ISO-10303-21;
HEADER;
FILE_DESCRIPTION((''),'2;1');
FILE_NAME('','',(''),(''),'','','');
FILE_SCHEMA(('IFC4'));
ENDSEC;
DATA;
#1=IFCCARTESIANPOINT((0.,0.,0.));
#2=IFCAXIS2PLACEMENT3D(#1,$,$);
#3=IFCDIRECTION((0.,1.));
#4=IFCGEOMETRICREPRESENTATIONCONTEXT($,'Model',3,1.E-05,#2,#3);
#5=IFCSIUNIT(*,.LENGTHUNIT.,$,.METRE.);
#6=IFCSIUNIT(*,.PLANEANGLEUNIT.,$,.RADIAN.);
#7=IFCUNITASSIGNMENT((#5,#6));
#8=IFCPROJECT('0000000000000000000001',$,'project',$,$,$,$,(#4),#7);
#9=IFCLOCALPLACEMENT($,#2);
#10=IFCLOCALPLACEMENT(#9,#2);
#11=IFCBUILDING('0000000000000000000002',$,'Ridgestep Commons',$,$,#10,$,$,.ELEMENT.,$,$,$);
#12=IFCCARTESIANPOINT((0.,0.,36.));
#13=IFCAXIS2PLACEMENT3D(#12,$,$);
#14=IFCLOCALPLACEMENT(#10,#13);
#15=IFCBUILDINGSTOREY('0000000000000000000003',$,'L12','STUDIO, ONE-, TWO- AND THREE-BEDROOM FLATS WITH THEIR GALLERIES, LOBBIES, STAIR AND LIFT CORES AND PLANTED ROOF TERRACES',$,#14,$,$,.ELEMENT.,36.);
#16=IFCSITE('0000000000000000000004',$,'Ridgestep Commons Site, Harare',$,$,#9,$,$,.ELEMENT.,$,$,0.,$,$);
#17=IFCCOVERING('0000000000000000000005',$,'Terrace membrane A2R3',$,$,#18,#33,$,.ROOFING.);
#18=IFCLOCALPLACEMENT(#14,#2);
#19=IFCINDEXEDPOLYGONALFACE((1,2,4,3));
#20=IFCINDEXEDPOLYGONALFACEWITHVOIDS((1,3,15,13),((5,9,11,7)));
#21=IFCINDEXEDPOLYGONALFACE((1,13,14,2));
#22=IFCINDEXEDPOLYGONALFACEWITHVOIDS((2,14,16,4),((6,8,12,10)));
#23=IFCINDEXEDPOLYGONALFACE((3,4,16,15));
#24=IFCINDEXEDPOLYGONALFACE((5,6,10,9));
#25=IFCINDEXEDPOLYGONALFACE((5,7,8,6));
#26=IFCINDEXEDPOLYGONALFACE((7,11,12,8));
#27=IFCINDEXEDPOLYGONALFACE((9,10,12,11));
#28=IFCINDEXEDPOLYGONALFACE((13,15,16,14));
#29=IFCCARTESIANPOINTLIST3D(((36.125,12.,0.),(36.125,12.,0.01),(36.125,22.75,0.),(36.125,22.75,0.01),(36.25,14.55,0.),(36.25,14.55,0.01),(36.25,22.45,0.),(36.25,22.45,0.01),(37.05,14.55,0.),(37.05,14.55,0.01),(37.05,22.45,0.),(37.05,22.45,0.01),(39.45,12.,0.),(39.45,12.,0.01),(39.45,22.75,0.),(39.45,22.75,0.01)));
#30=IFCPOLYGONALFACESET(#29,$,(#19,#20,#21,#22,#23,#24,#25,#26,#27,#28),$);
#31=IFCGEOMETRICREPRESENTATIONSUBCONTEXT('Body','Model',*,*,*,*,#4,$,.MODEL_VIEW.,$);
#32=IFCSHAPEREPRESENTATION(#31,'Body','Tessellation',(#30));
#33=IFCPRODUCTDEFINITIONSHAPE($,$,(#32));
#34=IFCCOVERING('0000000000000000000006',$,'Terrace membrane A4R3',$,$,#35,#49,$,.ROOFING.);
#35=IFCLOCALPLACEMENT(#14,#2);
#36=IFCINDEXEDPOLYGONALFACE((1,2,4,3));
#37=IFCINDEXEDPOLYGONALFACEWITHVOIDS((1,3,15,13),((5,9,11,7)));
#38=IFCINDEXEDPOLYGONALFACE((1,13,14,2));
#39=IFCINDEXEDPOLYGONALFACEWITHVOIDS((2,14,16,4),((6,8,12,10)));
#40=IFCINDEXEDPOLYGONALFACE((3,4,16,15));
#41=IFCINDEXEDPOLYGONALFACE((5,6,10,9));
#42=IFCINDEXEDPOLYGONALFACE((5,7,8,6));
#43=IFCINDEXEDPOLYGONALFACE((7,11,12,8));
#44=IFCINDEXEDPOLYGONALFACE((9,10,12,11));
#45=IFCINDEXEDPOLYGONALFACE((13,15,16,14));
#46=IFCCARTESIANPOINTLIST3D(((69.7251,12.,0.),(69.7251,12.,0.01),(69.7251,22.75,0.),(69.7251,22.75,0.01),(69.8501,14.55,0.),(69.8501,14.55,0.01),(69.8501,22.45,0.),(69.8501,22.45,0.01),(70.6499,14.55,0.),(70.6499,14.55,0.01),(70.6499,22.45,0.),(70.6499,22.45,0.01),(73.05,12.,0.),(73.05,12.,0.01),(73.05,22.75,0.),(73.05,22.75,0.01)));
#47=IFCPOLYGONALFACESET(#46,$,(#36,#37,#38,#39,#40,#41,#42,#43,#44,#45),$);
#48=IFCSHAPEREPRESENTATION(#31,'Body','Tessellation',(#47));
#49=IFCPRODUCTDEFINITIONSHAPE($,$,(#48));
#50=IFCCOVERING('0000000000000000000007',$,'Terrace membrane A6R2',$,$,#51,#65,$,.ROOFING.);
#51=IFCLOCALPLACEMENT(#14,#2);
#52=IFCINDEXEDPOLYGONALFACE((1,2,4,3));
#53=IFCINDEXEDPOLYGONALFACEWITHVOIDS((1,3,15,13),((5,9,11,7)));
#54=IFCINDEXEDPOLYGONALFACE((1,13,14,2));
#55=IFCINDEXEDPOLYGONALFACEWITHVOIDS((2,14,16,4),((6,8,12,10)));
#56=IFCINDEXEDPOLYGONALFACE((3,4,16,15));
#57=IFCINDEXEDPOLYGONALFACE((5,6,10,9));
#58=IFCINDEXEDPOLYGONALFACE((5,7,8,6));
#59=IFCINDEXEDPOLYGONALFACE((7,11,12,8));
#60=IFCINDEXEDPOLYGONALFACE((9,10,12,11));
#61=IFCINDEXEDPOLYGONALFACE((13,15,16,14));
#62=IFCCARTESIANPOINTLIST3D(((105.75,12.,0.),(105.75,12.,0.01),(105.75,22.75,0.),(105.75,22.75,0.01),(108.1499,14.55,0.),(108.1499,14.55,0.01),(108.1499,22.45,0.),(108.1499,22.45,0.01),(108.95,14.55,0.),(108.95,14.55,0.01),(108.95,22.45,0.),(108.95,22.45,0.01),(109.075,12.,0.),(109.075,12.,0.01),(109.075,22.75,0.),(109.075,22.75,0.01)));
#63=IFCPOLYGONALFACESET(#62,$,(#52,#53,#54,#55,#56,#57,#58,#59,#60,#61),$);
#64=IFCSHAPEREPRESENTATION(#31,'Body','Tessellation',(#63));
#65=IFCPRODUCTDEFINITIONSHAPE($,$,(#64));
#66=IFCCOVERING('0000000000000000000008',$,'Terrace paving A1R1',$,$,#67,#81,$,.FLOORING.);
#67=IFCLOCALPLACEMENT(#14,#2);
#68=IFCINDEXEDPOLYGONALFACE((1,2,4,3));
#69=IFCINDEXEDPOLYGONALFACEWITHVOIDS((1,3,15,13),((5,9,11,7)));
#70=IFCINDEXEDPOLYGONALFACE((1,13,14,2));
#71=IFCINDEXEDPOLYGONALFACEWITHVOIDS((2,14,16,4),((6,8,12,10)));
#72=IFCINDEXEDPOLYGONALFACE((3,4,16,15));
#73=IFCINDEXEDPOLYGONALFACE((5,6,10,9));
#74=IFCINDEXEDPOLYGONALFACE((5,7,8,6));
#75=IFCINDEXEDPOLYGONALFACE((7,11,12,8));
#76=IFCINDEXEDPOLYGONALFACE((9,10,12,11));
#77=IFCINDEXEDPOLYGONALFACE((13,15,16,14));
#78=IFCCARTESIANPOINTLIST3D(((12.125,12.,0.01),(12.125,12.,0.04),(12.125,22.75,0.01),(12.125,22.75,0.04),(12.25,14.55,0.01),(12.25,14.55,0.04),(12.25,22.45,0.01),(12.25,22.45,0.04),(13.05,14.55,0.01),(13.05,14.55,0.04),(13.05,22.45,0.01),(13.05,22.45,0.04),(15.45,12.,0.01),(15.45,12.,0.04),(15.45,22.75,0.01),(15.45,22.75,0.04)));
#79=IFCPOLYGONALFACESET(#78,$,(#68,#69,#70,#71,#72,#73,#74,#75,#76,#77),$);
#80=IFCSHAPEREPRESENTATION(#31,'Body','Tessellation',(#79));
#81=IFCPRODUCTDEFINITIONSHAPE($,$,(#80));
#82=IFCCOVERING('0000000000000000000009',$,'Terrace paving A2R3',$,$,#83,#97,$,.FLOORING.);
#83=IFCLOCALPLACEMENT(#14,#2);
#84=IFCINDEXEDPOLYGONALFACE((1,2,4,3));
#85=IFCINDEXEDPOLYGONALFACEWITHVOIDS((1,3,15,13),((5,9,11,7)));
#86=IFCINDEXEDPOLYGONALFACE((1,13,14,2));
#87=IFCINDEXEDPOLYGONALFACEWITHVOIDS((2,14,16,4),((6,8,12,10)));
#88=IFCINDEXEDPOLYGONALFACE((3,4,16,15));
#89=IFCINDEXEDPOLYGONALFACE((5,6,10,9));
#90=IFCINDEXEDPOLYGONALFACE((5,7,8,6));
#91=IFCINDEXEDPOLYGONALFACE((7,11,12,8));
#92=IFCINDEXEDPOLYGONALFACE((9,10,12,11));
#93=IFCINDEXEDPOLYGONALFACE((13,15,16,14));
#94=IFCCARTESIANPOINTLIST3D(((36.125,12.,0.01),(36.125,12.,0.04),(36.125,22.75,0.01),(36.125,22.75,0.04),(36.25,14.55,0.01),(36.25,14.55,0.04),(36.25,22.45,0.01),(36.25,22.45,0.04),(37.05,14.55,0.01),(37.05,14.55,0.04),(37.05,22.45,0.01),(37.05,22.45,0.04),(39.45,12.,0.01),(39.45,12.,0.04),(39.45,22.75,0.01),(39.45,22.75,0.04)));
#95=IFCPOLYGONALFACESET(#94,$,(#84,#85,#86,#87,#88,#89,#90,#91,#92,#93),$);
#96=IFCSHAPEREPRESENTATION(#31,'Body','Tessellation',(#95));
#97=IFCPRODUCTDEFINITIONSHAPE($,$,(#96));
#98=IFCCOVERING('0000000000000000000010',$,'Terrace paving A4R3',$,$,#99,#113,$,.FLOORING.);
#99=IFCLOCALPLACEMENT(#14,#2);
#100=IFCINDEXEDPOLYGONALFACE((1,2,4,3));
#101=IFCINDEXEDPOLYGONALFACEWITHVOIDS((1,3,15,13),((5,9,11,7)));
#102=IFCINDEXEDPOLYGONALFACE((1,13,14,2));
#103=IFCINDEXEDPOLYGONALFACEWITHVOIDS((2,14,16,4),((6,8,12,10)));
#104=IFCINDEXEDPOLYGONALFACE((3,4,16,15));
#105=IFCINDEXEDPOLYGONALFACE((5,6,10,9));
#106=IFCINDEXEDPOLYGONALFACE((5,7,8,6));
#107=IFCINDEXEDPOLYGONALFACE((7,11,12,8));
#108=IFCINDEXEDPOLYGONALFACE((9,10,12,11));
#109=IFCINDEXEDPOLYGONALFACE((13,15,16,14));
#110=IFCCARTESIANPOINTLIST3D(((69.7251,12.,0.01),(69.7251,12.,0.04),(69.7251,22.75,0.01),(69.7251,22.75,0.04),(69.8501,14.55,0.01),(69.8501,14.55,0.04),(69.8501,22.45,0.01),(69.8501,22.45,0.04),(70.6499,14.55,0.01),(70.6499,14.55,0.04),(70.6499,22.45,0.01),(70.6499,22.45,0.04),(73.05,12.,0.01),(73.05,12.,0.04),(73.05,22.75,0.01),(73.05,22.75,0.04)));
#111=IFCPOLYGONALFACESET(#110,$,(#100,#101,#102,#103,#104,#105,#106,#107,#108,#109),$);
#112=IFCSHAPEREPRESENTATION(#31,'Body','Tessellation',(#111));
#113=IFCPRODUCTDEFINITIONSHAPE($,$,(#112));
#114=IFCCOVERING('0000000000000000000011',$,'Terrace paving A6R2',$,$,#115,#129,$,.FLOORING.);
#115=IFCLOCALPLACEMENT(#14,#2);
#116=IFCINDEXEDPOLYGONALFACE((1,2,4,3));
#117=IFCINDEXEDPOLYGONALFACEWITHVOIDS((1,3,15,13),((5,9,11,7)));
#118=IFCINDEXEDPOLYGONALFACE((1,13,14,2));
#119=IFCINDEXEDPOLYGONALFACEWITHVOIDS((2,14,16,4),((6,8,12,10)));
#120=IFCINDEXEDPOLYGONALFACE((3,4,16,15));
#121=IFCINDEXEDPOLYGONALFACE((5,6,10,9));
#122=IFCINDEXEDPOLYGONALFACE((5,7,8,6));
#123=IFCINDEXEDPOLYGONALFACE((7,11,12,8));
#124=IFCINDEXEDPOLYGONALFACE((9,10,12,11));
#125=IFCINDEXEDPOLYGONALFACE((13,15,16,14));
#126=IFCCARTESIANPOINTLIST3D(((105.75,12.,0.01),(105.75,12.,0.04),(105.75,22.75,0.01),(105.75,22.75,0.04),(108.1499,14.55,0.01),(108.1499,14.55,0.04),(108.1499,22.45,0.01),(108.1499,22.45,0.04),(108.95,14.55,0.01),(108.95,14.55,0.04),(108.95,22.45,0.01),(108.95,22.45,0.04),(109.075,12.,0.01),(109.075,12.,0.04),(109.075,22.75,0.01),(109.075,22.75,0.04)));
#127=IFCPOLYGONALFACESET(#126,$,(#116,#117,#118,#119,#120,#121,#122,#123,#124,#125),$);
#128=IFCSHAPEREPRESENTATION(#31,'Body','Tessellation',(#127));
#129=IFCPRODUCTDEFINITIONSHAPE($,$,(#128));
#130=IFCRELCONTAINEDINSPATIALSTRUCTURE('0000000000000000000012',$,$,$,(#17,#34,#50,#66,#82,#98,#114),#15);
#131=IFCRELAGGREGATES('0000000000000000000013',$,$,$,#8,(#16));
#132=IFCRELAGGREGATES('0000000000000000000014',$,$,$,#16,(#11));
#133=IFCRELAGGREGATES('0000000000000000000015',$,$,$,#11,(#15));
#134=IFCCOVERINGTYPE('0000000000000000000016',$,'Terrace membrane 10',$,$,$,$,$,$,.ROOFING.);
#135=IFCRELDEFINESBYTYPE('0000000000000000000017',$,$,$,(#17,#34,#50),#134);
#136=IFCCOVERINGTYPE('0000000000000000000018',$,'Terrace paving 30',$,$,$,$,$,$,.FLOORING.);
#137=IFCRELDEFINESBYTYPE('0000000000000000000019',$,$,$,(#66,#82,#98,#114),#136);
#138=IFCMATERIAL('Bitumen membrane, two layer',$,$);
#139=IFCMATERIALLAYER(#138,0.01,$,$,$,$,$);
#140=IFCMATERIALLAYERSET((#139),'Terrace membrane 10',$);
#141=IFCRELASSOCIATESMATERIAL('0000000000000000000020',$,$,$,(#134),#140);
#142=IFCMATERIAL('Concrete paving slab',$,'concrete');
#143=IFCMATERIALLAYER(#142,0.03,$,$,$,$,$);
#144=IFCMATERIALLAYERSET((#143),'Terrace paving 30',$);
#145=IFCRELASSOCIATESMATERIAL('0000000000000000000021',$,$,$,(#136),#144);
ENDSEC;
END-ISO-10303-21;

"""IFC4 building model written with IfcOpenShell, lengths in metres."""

from ifc_helpers import new_model, si_unit, direction, frame, origin, place, context, subcontext, project, spatial, polyline, outline, extrude, material, layer, layer_set, type_object, element, save


model = new_model("IFC4")

# Units and contexts
model_context = context("Model", 3, precision=1e-05, world=origin(), true_north=direction((0.0, 1.0)))
body_context = subcontext(model_context, "Body", "Model", "MODEL_VIEW")
ifc_project = project(units=[si_unit("LENGTHUNIT", "METRE"), si_unit("PLANEANGLEUNIT", "RADIAN")], contexts=[model_context])

# Site, building, storey
site_placement = place(None, origin())
site = spatial("IfcSite", under=ifc_project, at=site_placement, Name="Ridgestep Commons Site, Harare", CompositionType="ELEMENT", RefElevation=0.0)
building_placement = place(site_placement, origin())
building = spatial("IfcBuilding", under=site, at=building_placement, Name="Ridgestep Commons", CompositionType="ELEMENT")
storey_placement = place(building_placement, frame((0.0, 0.0, 36.0)))
storey = spatial("IfcBuildingStorey", under=building, at=storey_placement, Name="L12", Description="STUDIO, ONE-, TWO- AND THREE-BEDROOM FLATS WITH THEIR GALLERIES, LOBBIES, STAIR AND LIFT CORES AND PLANTED ROOF TERRACES", CompositionType="ELEMENT", Elevation=36.0)

# Coverings
ifc_material_1 = material(Name="Bitumen membrane, two layer")
ifc_layer_1 = layer(ifc_material_1, 0.01)
ifc_layer_set_1 = layer_set([ifc_layer_1], Name="Terrace membrane 10")
covering_type_1 = type_object("IfcCoveringType", Name="Terrace membrane 10", PredefinedType="ROOFING", material=ifc_layer_set_1)
covering_1_placement = place(storey_placement, origin())
element("IfcCovering", 1, at=covering_1_placement, inside=storey, type_object=covering_type_1, Name="Terrace membrane A2R3", PredefinedType="ROOFING", context=body_context, shape_type="SweptSolid", body=[
    extrude(outline(polyline([(39.45, 12.0), (39.45, 22.75), (36.125, 22.75), (36.125, 12.0), (39.45, 12.0)]), holes=[polyline([(37.05, 14.55), (37.05, 22.45), (36.25, 22.45), (36.25, 14.55), (37.05, 14.55)])]), origin(), (0.0, 0.0, 1.0), 0.01),
])
covering_2_placement = place(storey_placement, origin())
element("IfcCovering", 2, at=covering_2_placement, inside=storey, type_object=covering_type_1, Name="Terrace membrane A4R3", PredefinedType="ROOFING", context=body_context, shape_type="SweptSolid", body=[
    extrude(outline(polyline([(73.05, 12.0), (73.05, 22.75), (69.7251, 22.75), (69.7251, 12.0), (73.05, 12.0)]), holes=[polyline([(70.6499, 14.55), (70.6499, 22.45), (69.8501, 22.45), (69.8501, 14.55), (70.6499, 14.55)])]), origin(), (0.0, 0.0, 1.0), 0.01),
])
covering_3_placement = place(storey_placement, origin())
element("IfcCovering", 3, at=covering_3_placement, inside=storey, type_object=covering_type_1, Name="Terrace membrane A6R2", PredefinedType="ROOFING", context=body_context, shape_type="SweptSolid", body=[
    extrude(outline(polyline([(109.075, 12.0), (109.075, 22.75), (105.75, 22.75), (105.75, 12.0), (109.075, 12.0)]), holes=[polyline([(108.95, 14.55), (108.95, 22.45), (108.1499, 22.45), (108.1499, 14.55), (108.95, 14.55)])]), origin(), (0.0, 0.0, 1.0), 0.01),
])
ifc_material_2 = material(Name="Concrete paving slab", Category="concrete")
ifc_layer_2 = layer(ifc_material_2, 0.03)
ifc_layer_set_2 = layer_set([ifc_layer_2], Name="Terrace paving 30")
covering_type_2 = type_object("IfcCoveringType", Name="Terrace paving 30", PredefinedType="FLOORING", material=ifc_layer_set_2)
covering_4_placement = place(storey_placement, frame((0.0, 0.0, 0.01)))
element("IfcCovering", 4, at=covering_4_placement, inside=storey, type_object=covering_type_2, Name="Terrace paving A1R1", PredefinedType="FLOORING", context=body_context, shape_type="SweptSolid", body=[
    extrude(outline(polyline([(15.45, 12.0), (15.45, 22.75), (12.125, 22.75), (12.125, 12.0), (15.45, 12.0)]), holes=[polyline([(13.05, 14.55), (13.05, 22.45), (12.25, 22.45), (12.25, 14.55), (13.05, 14.55)])]), origin(), (0.0, 0.0, 1.0), 0.03),
])
covering_5_placement = place(storey_placement, frame((0.0, 0.0, 0.01)))
element("IfcCovering", 5, at=covering_5_placement, inside=storey, type_object=covering_type_2, Name="Terrace paving A2R3", PredefinedType="FLOORING", context=body_context, shape_type="SweptSolid", body=[
    extrude(outline(polyline([(39.45, 12.0), (39.45, 22.75), (36.125, 22.75), (36.125, 12.0), (39.45, 12.0)]), holes=[polyline([(37.05, 14.55), (37.05, 22.45), (36.25, 22.45), (36.25, 14.55), (37.05, 14.55)])]), origin(), (0.0, 0.0, 1.0), 0.03),
])
covering_6_placement = place(storey_placement, frame((0.0, 0.0, 0.01)))
element("IfcCovering", 6, at=covering_6_placement, inside=storey, type_object=covering_type_2, Name="Terrace paving A4R3", PredefinedType="FLOORING", context=body_context, shape_type="SweptSolid", body=[
    extrude(outline(polyline([(73.05, 12.0), (73.05, 22.75), (69.7251, 22.75), (69.7251, 12.0), (73.05, 12.0)]), holes=[polyline([(70.6499, 14.55), (70.6499, 22.45), (69.8501, 22.45), (69.8501, 14.55), (70.6499, 14.55)])]), origin(), (0.0, 0.0, 1.0), 0.03),
])
covering_7_placement = place(storey_placement, frame((0.0, 0.0, 0.01)))
element("IfcCovering", 7, at=covering_7_placement, inside=storey, type_object=covering_type_2, Name="Terrace paving A6R2", PredefinedType="FLOORING", context=body_context, shape_type="SweptSolid", body=[
    extrude(outline(polyline([(109.075, 12.0), (109.075, 22.75), (105.75, 22.75), (105.75, 12.0), (109.075, 12.0)]), holes=[polyline([(108.95, 14.55), (108.95, 22.45), (108.1499, 22.45), (108.1499, 14.55), (108.95, 14.55)])]), origin(), (0.0, 0.0, 1.0), 0.03),
])

save(model, "model.ifc")
